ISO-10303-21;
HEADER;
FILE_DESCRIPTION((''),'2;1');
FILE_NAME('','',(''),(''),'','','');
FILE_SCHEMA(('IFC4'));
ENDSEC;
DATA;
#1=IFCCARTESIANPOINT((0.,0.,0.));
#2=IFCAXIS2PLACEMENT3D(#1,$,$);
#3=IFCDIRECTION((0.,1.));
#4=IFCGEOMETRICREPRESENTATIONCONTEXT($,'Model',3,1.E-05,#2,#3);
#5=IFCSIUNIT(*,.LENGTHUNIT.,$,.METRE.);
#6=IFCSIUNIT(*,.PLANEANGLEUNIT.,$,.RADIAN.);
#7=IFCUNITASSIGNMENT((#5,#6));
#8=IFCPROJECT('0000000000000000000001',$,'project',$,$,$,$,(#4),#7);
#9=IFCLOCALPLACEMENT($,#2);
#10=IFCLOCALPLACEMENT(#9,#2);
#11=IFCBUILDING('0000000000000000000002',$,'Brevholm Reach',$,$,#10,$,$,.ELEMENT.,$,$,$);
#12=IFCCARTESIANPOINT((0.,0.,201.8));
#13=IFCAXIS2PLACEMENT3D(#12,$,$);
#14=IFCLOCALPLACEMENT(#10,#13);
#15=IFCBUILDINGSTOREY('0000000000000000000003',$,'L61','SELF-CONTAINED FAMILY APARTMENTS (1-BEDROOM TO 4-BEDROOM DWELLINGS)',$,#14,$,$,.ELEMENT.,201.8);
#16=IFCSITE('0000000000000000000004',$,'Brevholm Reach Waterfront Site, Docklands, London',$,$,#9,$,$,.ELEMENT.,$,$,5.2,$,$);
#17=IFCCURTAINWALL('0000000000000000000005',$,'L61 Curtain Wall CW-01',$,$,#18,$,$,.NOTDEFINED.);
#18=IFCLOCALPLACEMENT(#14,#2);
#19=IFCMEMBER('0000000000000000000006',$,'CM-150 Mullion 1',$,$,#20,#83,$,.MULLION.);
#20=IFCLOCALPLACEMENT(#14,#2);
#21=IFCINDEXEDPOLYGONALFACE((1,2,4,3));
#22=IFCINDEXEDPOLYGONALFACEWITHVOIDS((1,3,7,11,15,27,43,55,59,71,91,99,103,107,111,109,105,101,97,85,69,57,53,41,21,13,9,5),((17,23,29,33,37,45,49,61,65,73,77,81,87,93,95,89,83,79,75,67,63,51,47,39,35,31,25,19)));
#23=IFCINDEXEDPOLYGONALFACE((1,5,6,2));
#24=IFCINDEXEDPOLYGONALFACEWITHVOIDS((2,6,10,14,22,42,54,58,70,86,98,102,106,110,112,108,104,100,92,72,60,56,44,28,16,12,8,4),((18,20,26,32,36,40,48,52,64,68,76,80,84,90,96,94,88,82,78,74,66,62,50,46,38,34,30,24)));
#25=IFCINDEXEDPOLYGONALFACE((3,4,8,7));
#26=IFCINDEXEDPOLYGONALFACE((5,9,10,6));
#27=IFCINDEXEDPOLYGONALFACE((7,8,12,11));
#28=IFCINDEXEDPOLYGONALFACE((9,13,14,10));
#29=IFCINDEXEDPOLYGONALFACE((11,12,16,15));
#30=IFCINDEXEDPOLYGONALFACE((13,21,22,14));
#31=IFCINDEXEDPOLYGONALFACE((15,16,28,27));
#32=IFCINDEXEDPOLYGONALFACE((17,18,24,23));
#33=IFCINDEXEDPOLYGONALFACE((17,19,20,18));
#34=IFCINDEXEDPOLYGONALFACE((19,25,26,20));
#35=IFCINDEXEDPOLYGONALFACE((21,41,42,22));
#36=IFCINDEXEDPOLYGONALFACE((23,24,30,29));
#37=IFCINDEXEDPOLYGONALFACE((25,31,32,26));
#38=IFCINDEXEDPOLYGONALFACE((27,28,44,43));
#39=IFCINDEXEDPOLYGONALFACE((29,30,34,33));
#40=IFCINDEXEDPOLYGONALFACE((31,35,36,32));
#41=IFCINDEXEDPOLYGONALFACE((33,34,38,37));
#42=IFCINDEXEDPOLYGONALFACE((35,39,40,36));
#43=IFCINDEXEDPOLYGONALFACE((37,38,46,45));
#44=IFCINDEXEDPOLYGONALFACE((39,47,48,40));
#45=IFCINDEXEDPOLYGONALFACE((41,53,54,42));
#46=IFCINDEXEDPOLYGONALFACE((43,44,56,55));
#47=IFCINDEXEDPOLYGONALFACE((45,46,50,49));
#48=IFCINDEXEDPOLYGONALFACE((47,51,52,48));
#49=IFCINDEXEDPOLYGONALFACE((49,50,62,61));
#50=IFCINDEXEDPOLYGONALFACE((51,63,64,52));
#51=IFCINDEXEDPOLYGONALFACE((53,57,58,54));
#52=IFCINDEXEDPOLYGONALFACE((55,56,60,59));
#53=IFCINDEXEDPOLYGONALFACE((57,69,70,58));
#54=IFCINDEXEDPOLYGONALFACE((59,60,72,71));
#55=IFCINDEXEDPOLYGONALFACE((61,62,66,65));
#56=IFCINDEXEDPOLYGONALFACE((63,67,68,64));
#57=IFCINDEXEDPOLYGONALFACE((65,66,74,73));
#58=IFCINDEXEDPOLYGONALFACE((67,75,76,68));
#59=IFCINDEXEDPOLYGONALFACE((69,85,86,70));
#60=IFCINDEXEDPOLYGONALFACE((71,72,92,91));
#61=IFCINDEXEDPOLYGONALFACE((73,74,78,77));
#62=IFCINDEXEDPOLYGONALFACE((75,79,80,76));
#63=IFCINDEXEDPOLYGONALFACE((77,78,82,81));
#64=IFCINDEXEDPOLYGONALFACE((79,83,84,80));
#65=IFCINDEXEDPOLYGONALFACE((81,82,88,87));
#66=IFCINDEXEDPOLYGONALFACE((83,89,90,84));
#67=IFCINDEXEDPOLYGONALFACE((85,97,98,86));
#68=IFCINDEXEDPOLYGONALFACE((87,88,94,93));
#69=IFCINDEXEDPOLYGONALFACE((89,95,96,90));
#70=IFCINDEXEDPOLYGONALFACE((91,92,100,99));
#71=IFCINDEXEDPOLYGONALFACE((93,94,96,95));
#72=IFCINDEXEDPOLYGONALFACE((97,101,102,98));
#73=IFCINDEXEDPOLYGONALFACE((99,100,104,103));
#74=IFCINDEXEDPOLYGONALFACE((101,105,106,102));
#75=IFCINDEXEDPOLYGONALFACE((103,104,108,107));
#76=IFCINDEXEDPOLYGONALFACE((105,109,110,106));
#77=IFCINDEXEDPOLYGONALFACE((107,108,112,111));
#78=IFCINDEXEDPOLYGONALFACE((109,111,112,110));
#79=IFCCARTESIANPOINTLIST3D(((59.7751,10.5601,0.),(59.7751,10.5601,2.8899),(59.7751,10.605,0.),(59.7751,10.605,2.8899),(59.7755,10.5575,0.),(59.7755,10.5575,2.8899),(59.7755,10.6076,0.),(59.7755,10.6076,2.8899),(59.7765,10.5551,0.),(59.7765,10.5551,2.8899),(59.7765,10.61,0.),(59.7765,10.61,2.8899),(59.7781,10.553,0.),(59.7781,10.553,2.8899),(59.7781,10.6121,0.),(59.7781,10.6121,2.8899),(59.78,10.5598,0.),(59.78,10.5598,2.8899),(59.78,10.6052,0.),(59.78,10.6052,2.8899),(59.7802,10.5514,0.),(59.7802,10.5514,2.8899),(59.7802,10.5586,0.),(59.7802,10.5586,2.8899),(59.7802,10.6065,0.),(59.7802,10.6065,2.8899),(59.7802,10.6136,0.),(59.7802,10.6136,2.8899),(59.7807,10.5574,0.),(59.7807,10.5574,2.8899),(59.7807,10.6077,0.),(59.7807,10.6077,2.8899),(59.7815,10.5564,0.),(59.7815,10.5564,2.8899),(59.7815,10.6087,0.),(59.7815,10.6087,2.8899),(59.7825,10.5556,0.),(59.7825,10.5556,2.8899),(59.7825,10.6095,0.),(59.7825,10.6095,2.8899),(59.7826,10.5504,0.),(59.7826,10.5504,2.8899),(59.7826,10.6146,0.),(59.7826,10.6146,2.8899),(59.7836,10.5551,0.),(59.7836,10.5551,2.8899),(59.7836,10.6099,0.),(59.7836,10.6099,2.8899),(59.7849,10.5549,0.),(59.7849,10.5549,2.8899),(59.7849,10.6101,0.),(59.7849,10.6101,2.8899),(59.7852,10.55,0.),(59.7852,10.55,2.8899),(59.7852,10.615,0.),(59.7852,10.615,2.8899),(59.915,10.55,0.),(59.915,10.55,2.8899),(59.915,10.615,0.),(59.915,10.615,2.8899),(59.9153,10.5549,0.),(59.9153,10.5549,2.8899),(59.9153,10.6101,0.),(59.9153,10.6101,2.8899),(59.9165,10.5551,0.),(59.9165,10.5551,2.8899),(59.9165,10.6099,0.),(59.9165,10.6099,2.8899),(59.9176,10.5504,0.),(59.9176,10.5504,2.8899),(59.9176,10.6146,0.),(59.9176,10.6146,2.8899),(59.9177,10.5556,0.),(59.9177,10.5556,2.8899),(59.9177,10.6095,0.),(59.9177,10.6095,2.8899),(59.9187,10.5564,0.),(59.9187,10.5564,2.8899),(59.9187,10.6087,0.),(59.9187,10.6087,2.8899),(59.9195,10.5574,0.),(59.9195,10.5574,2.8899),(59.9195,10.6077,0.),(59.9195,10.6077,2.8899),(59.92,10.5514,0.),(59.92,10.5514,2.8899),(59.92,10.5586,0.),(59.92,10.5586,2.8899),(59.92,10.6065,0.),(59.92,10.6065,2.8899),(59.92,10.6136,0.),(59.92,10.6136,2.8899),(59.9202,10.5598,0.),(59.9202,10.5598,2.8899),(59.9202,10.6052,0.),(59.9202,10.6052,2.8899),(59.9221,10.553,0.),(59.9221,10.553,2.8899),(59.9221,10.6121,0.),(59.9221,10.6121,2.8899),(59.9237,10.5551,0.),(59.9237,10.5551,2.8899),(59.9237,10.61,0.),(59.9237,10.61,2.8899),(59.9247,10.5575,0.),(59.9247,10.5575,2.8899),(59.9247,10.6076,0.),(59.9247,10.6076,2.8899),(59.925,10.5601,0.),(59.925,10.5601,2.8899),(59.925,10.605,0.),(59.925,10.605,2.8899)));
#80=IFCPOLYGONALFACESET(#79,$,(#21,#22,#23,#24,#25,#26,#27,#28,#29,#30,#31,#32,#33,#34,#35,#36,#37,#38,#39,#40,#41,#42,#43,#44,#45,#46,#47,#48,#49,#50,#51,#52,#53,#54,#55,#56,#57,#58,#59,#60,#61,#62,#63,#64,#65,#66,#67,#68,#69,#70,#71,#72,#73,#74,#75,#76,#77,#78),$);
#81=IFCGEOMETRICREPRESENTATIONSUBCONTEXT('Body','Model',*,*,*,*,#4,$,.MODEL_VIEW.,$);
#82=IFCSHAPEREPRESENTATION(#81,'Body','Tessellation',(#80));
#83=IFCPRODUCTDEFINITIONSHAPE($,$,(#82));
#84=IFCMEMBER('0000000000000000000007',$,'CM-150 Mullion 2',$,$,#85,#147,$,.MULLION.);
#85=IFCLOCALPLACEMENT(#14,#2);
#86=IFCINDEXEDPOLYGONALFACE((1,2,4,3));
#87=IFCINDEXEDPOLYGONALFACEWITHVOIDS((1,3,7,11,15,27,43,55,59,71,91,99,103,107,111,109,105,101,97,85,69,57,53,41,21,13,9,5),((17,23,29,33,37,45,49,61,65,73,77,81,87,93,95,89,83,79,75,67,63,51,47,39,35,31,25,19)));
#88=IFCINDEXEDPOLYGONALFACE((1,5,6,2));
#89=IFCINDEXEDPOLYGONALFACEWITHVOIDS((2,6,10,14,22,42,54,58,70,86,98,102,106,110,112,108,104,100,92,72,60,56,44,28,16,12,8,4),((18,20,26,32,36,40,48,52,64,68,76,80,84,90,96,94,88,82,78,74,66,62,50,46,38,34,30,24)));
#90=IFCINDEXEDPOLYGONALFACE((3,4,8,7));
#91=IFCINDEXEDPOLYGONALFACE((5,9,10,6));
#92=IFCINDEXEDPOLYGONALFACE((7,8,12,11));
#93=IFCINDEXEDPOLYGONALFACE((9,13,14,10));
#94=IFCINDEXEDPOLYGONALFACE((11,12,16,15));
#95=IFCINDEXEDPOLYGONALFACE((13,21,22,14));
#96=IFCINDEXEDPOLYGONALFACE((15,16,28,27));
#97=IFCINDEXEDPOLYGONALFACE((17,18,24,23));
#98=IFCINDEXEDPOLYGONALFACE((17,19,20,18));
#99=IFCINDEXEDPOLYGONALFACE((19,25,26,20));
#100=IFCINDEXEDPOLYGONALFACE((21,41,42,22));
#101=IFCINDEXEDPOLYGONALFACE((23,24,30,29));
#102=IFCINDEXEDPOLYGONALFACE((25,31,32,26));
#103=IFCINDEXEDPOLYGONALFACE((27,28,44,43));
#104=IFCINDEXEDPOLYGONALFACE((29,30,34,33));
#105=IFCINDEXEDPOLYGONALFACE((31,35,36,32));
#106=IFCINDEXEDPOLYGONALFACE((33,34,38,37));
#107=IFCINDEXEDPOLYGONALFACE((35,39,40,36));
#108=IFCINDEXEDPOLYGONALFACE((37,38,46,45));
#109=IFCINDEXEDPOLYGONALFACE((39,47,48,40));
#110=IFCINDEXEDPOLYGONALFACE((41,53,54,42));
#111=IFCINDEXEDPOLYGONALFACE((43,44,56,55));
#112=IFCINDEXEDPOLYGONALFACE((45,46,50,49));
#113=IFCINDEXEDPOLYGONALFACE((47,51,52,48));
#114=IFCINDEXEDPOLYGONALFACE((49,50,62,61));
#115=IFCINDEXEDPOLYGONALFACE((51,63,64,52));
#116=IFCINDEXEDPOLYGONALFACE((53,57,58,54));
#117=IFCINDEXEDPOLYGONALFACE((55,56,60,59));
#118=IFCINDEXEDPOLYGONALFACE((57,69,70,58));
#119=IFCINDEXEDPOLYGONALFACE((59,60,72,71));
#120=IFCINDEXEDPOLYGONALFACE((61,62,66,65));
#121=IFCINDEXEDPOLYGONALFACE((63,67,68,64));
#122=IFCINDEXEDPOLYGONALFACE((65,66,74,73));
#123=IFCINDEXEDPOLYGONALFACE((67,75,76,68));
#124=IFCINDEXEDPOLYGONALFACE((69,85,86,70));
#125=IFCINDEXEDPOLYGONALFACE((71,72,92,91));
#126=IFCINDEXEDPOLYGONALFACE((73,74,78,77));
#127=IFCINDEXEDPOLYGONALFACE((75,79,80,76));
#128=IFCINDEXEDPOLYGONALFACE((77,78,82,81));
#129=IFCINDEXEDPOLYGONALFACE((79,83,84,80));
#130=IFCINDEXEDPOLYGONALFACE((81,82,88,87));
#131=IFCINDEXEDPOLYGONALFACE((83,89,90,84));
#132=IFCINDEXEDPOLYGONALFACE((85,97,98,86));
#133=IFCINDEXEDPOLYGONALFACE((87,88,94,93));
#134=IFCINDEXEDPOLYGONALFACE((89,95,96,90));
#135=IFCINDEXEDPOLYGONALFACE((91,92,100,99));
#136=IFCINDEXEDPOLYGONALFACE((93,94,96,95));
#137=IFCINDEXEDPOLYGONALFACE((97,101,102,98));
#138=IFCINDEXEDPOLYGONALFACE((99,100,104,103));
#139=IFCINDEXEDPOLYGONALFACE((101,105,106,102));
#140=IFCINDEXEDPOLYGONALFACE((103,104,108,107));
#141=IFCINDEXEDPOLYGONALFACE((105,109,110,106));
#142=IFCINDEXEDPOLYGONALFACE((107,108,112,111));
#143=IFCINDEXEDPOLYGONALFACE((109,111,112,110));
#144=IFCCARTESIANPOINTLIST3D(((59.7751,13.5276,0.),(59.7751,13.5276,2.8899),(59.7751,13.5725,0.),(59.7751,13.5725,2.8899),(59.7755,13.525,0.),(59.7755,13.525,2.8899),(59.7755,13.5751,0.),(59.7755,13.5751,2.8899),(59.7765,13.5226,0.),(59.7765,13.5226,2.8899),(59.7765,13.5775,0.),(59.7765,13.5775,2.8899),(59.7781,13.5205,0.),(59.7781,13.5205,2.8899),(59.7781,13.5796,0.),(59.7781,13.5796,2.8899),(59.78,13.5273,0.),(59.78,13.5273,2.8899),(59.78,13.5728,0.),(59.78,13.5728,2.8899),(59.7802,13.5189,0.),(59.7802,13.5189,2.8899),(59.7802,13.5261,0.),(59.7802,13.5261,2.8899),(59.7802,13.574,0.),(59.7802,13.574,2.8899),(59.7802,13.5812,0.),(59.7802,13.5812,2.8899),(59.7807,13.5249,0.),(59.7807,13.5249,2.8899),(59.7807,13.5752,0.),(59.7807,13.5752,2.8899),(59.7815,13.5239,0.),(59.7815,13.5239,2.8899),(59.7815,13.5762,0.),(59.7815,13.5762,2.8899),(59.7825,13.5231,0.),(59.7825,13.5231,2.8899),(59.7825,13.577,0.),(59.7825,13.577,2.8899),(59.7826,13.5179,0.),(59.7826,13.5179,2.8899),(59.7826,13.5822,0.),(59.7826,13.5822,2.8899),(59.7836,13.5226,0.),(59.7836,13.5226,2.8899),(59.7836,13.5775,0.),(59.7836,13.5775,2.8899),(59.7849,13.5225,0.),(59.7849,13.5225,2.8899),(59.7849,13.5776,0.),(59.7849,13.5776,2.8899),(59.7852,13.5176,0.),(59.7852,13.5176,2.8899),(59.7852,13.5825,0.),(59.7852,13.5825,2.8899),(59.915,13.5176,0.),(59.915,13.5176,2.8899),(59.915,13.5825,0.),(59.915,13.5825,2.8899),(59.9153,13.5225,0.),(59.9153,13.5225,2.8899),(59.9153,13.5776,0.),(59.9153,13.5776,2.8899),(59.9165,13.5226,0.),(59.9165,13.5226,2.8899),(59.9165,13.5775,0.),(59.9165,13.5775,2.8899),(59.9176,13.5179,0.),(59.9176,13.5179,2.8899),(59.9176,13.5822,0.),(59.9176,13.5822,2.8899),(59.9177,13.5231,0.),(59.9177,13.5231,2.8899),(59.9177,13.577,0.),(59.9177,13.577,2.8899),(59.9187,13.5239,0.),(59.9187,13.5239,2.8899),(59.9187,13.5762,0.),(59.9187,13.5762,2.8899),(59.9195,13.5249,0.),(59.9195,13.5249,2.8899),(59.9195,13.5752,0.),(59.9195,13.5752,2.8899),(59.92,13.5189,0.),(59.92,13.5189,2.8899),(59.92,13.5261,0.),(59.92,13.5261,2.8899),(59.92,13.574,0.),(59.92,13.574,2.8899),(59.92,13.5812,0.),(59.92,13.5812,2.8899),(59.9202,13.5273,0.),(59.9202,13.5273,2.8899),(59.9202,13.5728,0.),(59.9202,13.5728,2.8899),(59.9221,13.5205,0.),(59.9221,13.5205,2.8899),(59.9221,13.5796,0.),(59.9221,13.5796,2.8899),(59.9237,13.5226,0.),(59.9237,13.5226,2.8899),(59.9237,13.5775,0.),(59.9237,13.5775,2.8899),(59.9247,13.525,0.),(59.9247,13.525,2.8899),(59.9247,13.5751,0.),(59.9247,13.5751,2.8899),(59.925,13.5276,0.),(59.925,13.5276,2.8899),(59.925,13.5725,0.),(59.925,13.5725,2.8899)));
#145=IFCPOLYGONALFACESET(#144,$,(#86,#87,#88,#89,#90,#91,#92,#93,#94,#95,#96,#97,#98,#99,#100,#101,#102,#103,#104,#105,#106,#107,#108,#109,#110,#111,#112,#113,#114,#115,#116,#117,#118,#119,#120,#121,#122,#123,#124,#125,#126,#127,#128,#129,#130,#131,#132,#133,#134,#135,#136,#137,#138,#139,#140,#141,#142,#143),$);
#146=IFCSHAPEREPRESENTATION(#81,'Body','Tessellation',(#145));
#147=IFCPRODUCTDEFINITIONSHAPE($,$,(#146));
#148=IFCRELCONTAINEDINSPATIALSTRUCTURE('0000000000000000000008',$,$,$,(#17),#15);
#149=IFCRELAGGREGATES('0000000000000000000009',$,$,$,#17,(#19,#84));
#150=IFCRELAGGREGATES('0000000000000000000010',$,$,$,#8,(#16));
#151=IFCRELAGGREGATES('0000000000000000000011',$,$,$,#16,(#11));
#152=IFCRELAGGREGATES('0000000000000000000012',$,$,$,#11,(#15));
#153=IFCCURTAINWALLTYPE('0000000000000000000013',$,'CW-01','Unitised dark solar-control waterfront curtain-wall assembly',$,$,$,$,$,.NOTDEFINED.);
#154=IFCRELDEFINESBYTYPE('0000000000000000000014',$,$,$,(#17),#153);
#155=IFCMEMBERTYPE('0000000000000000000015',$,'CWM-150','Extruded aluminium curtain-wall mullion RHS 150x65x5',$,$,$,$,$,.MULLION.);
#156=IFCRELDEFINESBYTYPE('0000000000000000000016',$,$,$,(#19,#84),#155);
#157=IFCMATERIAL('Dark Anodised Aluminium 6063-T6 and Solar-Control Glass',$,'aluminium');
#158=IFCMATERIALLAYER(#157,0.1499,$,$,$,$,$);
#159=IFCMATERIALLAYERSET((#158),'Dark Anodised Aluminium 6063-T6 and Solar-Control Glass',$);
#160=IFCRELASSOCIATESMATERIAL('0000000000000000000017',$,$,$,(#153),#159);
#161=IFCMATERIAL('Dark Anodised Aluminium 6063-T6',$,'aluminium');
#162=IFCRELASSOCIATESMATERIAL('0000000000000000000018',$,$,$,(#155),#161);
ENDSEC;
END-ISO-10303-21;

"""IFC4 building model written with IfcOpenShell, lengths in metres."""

from ifc_helpers import new_model, si_unit, direction, frame, origin, origin_2d, place, context, subcontext, project, spatial, hollow_rectangle, extrude, material, layer, layer_set, material_profile, profile_set, type_object, element, aggregate, save


model = new_model("IFC4")

# Units and contexts
model_context = context("Model", 3, precision=1e-05, world=origin(), true_north=direction((0.0, 1.0)))
body_context = subcontext(model_context, "Body", "Model", "MODEL_VIEW")
ifc_project = project(units=[si_unit("LENGTHUNIT", "METRE"), si_unit("PLANEANGLEUNIT", "RADIAN")], contexts=[model_context])

# Site, building, storey
site_placement = place(None, origin())
site = spatial("IfcSite", under=ifc_project, at=site_placement, Name="Brevholm Reach Waterfront Site, Docklands, London", CompositionType="ELEMENT", RefElevation=5.2)
building_placement = place(site_placement, origin())
building = spatial("IfcBuilding", under=site, at=building_placement, Name="Brevholm Reach", CompositionType="ELEMENT")
storey_placement = place(building_placement, frame((0.0, 0.0, 201.8)))
storey = spatial("IfcBuildingStorey", under=building, at=storey_placement, Name="L61", Description="SELF-CONTAINED FAMILY APARTMENTS (1-BEDROOM TO 4-BEDROOM DWELLINGS)", CompositionType="ELEMENT", Elevation=201.8)

# Curtain wall, members
ifc_material_1 = material(Name="Dark Anodised Aluminium 6063-T6 and Solar-Control Glass", Category="aluminium")
ifc_layer_1 = layer(ifc_material_1, 0.1499)
ifc_layer_set_1 = layer_set([ifc_layer_1], Name="Dark Anodised Aluminium 6063-T6 and Solar-Control Glass")
curtain_wall_type = type_object("IfcCurtainWallType", Name="CW-01", Description="Unitised dark solar-control waterfront curtain-wall assembly", PredefinedType="NOTDEFINED", material=ifc_layer_set_1)
curtain_wall_placement = place(storey_placement, origin())
curtain_wall = element("IfcCurtainWall", 1, at=curtain_wall_placement, inside=storey, type_object=curtain_wall_type, Name="L61 Curtain Wall CW-01", PredefinedType="NOTDEFINED")
ifc_material_2 = material(Name="Dark Anodised Aluminium 6063-T6", Category="aluminium")
ifc_material_profile_1 = material_profile(ifc_material_2, hollow_rectangle(XDim=0.0649, YDim=0.1499, WallThickness=0.0049, InnerFilletRadius=0.0049, OuterFilletRadius=0.01, at=origin_2d()), Name="RHS 150x65x5")
ifc_profile_set_1 = profile_set([ifc_material_profile_1], Name="Dark Anodised Aluminium 6063-T6")
member_type_1 = type_object("IfcMemberType", Name="CWM-150", Description="Extruded aluminium curtain-wall mullion RHS 150x65x5", PredefinedType="MULLION", material=ifc_profile_set_1)
member_1_placement = place(storey_placement, frame((59.8501, 10.5825, 0.0), z_axis=(0.0, 0.0, 1.0), x_axis=(0.0, 1.0, 0.0)))
member_1 = element("IfcMember", 2, at=member_1_placement, type_object=member_type_1, Name="CM-150 Mullion 1", PredefinedType="MULLION", context=body_context, shape_type="SweptSolid", body=[
    extrude(hollow_rectangle(XDim=0.0649, YDim=0.1499, WallThickness=0.0049, InnerFilletRadius=0.0049, OuterFilletRadius=0.01, at=origin_2d()), origin(), (0.0, 0.0, 1.0), 2.8899),
])
member_2_placement = place(storey_placement, frame((59.8501, 13.55, 0.0), z_axis=(0.0, 0.0, 1.0), x_axis=(0.0, 1.0, 0.0)))
member_2 = element("IfcMember", 3, at=member_2_placement, type_object=member_type_1, Name="CM-150 Mullion 2", PredefinedType="MULLION", context=body_context, shape_type="SweptSolid", body=[
    extrude(hollow_rectangle(XDim=0.0649, YDim=0.1499, WallThickness=0.0049, InnerFilletRadius=0.0049, OuterFilletRadius=0.01, at=origin_2d()), origin(), (0.0, 0.0, 1.0), 2.8899),
])
aggregate(curtain_wall, [member_1, member_2])

save(model, "model.ifc")
